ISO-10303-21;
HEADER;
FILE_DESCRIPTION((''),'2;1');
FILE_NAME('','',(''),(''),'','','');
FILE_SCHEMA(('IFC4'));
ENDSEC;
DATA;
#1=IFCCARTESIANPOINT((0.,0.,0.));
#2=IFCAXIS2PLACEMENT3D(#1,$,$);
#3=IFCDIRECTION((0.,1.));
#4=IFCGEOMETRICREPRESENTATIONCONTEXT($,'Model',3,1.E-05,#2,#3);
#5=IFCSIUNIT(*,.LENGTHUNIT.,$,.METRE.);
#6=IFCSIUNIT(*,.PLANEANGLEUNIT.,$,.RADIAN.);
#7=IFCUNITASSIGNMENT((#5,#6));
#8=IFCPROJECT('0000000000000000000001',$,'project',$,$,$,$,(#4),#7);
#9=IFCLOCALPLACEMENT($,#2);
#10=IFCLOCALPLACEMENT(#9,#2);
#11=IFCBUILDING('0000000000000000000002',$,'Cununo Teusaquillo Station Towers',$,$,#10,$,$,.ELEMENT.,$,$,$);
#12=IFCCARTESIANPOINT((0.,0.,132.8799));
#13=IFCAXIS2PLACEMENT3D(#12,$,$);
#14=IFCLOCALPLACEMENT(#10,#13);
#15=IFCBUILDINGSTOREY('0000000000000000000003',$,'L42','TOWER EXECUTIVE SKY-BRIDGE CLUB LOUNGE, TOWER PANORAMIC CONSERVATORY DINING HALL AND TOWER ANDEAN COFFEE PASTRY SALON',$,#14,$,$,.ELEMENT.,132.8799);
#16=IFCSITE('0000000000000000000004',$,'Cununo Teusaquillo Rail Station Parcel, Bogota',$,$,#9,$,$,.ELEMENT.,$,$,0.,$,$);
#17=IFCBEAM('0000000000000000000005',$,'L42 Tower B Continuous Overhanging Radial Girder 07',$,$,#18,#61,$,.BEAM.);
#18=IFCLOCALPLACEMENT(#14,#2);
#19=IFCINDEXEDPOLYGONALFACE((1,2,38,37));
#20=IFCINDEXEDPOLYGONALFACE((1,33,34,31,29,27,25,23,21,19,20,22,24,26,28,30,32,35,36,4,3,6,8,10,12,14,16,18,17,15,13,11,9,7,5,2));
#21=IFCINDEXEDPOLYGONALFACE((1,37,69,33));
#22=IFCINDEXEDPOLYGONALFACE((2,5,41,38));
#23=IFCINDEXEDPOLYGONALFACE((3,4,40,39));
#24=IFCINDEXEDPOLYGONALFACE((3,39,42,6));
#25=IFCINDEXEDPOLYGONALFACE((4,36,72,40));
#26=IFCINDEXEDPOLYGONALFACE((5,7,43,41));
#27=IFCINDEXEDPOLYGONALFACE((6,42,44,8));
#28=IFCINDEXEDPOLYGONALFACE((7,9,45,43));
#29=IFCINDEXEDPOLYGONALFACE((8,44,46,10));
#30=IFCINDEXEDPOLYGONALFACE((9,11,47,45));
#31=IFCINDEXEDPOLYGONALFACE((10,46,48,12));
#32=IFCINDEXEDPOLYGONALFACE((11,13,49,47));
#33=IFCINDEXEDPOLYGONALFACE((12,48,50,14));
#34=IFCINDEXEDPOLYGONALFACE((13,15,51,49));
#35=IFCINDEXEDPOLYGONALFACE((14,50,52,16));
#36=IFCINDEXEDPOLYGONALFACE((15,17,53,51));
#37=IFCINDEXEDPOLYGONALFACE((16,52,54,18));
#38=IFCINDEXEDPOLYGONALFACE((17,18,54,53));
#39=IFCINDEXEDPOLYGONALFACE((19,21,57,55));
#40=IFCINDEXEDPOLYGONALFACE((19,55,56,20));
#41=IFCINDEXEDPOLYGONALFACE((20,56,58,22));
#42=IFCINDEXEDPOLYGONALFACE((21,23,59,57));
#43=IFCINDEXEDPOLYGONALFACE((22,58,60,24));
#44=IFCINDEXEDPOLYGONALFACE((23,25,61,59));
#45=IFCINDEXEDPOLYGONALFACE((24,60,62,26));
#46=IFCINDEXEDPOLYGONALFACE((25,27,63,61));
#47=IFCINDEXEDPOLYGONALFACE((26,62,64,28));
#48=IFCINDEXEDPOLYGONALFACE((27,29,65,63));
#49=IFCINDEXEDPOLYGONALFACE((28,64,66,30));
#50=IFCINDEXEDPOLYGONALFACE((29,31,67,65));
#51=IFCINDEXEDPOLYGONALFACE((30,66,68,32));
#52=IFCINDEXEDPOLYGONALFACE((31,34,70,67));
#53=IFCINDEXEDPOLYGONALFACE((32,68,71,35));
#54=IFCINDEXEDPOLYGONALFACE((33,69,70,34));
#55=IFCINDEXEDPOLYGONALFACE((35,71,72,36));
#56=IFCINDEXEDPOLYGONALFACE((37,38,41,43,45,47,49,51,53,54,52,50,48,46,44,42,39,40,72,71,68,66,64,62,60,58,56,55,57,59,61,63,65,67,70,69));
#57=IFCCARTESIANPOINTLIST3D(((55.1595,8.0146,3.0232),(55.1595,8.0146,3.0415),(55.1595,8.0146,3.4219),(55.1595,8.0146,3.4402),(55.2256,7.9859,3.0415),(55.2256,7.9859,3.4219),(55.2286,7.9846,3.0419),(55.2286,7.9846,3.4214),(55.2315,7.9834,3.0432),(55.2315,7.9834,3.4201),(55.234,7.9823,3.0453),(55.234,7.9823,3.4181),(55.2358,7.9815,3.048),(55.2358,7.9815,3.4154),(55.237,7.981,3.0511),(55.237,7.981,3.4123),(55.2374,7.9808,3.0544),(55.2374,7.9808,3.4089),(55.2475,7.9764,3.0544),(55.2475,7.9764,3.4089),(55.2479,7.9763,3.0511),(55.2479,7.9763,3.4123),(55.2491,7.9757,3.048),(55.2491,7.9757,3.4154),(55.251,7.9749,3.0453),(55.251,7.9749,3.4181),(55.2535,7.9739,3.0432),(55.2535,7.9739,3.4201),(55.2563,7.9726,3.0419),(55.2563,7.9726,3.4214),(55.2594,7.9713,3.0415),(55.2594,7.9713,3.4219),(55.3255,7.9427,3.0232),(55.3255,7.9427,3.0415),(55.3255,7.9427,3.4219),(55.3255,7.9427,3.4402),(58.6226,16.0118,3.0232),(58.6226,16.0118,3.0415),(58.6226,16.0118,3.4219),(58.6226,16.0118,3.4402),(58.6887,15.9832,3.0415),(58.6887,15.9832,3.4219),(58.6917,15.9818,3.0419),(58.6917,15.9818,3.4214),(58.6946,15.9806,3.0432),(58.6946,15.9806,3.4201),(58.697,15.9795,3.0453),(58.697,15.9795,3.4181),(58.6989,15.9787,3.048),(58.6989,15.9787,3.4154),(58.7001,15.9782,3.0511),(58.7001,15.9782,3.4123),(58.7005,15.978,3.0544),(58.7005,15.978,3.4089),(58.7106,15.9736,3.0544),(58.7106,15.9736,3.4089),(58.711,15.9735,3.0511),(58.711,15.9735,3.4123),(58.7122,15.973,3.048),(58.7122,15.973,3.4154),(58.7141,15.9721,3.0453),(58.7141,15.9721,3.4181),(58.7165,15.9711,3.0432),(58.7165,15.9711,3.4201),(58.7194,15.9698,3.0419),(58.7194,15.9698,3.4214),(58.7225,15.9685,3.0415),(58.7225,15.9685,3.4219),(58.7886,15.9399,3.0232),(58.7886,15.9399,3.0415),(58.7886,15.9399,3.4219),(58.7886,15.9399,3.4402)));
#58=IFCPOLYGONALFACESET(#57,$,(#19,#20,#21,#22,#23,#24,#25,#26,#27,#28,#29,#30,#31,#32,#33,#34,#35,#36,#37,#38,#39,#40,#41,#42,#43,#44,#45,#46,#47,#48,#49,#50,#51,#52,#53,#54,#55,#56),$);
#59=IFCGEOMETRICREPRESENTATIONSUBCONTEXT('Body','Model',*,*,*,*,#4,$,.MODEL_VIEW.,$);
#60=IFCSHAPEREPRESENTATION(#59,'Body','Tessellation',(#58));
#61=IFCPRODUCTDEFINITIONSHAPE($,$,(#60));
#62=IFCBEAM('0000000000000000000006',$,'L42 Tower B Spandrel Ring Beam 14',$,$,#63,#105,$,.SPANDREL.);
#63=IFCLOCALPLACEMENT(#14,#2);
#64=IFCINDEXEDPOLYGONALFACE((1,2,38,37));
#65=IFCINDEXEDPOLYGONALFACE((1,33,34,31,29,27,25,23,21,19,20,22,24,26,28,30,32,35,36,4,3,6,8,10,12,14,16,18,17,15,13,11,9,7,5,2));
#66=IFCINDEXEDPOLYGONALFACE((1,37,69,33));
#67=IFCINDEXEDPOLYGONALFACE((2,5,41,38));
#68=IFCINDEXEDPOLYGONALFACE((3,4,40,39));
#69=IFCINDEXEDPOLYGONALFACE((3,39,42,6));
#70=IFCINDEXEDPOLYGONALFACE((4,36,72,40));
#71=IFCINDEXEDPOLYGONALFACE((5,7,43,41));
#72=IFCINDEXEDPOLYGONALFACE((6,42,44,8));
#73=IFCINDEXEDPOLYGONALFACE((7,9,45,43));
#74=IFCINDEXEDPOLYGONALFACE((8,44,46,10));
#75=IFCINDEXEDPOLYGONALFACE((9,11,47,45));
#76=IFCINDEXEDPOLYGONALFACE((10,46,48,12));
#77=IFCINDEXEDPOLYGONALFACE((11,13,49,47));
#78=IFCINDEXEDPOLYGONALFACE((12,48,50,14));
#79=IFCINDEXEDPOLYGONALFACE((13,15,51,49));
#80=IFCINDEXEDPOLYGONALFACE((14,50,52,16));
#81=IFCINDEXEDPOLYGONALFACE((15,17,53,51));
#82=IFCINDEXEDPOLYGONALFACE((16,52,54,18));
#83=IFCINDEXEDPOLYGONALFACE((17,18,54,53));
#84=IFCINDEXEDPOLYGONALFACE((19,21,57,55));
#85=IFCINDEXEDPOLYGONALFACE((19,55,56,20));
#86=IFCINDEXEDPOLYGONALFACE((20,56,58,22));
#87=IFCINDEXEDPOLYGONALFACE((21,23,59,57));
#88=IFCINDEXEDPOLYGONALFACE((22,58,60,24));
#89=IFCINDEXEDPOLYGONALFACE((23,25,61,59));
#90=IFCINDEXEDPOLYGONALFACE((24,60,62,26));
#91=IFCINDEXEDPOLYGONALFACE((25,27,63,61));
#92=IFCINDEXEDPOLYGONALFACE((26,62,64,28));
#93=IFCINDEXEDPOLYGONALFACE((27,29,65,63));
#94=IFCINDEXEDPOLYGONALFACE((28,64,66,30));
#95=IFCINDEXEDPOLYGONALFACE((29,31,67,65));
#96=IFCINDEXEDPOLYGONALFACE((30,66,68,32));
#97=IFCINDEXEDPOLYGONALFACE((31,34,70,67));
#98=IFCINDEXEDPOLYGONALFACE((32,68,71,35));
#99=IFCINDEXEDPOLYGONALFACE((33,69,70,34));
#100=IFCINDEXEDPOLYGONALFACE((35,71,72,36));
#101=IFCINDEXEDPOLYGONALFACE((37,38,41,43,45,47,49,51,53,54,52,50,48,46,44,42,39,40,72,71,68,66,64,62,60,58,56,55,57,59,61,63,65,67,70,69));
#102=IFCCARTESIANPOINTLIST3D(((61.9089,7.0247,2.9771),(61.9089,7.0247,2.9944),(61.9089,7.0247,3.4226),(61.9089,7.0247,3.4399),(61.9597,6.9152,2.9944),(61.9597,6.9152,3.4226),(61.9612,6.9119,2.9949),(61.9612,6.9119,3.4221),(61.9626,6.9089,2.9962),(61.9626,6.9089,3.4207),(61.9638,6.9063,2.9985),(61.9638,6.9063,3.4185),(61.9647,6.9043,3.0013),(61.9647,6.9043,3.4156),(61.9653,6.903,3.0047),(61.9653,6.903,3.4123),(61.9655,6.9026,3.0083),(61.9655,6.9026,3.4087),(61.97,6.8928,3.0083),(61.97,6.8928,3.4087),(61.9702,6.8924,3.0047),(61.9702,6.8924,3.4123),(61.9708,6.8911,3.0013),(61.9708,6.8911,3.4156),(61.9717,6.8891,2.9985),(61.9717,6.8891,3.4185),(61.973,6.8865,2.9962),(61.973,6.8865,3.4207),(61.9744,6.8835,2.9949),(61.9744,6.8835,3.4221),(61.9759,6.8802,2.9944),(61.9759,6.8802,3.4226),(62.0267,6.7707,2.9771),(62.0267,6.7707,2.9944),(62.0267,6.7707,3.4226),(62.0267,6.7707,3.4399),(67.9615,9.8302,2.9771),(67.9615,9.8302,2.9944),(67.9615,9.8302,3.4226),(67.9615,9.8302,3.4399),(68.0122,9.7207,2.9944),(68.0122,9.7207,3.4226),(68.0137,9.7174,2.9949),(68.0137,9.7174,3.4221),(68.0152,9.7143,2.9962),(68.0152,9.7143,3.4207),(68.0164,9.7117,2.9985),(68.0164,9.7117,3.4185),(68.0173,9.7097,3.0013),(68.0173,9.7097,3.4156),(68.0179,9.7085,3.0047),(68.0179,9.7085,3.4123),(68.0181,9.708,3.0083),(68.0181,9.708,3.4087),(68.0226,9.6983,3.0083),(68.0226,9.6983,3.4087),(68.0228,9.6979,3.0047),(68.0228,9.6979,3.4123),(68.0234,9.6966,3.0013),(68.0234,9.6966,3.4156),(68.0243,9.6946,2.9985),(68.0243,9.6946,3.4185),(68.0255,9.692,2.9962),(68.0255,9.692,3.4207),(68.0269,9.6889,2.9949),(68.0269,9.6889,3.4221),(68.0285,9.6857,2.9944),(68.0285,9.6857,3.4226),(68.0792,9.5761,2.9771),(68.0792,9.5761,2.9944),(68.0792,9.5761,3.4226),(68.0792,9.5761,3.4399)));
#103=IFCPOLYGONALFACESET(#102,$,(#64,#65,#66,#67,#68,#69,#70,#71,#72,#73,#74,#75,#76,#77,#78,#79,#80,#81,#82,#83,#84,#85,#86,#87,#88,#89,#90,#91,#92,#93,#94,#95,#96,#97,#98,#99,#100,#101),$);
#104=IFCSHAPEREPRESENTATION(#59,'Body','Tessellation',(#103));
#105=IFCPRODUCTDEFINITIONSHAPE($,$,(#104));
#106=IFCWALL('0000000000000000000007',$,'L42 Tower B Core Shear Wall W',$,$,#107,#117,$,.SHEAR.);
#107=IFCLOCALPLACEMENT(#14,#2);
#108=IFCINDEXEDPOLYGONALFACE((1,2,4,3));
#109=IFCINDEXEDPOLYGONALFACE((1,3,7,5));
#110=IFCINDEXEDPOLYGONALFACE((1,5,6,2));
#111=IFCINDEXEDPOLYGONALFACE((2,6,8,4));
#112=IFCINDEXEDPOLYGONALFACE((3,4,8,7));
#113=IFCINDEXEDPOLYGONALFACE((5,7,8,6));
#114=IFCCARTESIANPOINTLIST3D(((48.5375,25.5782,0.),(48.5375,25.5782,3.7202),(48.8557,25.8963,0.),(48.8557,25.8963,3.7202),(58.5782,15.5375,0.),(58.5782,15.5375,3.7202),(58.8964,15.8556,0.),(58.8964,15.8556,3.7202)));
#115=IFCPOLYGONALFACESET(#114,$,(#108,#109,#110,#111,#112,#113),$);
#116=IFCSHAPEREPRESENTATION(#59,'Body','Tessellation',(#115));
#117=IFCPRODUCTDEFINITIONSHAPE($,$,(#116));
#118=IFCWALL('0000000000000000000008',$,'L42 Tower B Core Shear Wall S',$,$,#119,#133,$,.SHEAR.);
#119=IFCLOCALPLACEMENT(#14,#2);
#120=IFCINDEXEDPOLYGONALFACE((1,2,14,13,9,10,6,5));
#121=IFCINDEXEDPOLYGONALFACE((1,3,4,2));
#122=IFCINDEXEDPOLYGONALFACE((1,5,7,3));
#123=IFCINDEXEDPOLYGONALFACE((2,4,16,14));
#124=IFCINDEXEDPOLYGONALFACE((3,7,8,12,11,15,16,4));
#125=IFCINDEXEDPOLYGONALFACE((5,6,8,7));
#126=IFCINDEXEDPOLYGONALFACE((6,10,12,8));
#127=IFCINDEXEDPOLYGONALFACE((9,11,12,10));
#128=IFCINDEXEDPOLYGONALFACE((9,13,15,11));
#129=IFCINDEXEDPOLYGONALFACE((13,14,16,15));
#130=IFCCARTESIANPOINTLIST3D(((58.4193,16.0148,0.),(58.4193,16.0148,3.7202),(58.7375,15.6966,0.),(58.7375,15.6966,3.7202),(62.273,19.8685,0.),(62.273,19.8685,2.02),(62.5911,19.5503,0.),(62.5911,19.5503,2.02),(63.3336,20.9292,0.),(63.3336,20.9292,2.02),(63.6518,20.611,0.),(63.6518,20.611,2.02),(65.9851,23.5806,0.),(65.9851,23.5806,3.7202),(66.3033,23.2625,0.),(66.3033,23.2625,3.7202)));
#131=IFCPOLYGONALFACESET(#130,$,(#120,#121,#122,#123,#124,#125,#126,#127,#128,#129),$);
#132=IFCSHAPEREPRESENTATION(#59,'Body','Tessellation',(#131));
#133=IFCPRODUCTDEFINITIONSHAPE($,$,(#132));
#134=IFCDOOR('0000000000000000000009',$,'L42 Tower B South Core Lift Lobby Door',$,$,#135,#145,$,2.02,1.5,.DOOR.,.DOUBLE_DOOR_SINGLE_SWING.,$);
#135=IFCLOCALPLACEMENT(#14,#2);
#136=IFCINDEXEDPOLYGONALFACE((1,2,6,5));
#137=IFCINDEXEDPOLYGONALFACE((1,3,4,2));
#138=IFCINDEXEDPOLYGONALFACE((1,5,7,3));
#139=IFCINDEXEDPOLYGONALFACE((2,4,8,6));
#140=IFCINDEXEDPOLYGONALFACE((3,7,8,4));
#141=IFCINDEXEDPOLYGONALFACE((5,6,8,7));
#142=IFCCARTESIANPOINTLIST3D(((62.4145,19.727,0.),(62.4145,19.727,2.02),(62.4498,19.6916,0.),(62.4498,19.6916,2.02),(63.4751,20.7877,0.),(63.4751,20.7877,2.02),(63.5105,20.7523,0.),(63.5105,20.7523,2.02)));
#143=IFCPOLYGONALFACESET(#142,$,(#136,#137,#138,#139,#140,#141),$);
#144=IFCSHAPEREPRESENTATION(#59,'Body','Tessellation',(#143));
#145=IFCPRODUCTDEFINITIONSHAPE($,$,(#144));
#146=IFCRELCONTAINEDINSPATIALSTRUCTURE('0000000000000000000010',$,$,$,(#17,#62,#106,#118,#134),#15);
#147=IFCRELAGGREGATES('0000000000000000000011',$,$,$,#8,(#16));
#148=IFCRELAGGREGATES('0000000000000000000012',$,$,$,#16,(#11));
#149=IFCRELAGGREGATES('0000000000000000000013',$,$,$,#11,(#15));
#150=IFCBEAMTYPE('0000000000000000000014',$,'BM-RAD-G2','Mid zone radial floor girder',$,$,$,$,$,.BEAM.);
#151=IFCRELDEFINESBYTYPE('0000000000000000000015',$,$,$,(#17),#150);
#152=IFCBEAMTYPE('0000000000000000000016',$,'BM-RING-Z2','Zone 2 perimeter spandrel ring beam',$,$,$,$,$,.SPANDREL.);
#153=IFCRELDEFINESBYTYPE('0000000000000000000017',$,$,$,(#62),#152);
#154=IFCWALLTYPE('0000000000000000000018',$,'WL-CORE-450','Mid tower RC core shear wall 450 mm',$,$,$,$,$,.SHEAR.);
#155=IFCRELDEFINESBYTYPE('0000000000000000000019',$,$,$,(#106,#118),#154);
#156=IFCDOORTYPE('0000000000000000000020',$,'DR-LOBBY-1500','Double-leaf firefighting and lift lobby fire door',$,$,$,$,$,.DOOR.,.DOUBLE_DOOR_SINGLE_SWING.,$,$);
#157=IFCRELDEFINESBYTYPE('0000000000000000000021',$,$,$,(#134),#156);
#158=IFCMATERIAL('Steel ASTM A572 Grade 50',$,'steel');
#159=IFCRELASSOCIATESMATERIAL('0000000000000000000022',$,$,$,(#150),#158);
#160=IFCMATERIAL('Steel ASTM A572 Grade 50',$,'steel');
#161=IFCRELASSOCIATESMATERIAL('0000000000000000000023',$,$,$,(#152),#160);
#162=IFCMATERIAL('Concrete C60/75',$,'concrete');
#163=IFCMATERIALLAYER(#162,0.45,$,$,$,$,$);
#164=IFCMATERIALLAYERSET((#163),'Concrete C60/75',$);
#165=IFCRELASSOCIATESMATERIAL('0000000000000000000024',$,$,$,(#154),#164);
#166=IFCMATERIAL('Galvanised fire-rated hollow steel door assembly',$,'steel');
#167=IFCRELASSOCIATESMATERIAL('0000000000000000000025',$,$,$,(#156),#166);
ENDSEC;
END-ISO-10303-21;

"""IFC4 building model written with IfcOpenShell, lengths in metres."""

from ifc_helpers import new_model, si_unit, direction, frame, frame_2d, origin, origin_2d, place, context, subcontext, project, spatial, rectangle, i_section, extrude, source, transform, mapped, material, layer, layer_set, material_profile, profile_set, type_object, element, fill, save


model = new_model("IFC4")

# Units and contexts
model_context = context("Model", 3, precision=1e-05, world=origin(), true_north=direction((0.0, 1.0)))
body_context = subcontext(model_context, "Body", "Model", "MODEL_VIEW")
ifc_project = project(units=[si_unit("LENGTHUNIT", "METRE"), si_unit("PLANEANGLEUNIT", "RADIAN")], contexts=[model_context])

# Site, building, storey
site_placement = place(None, origin())
site = spatial("IfcSite", under=ifc_project, at=site_placement, Name="Cununo Teusaquillo Rail Station Parcel, Bogota", CompositionType="ELEMENT", RefElevation=0.0)
building_placement = place(site_placement, origin())
building = spatial("IfcBuilding", under=site, at=building_placement, Name="Cununo Teusaquillo Station Towers", CompositionType="ELEMENT")
storey_placement = place(building_placement, frame((0.0, 0.0, 132.8799)))
storey = spatial("IfcBuildingStorey", under=building, at=storey_placement, Name="L42", Description="TOWER EXECUTIVE SKY-BRIDGE CLUB LOUNGE, TOWER PANORAMIC CONSERVATORY DINING HALL AND TOWER ANDEAN COFFEE PASTRY SALON", CompositionType="ELEMENT", Elevation=132.8799)

# Beams
ifc_material_1 = material(Name="Steel ASTM A572 Grade 50", Category="steel")
ifc_material_profile_1 = material_profile(ifc_material_1, i_section(OverallWidth=0.1809, OverallDepth=0.417, WebThickness=0.011, FlangeThickness=0.0183, FilletRadius=0.0129, at=origin_2d()), Name="W16X57")
ifc_profile_set_1 = profile_set([ifc_material_profile_1], Name="Steel ASTM A572 Grade 50")
beam_type_1 = type_object("IfcBeamType", Name="BM-RAD-G2", Description="Mid zone radial floor girder", PredefinedType="BEAM", material=ifc_profile_set_1)
beam_1_placement = place(storey_placement, frame((58.7056, 15.9758, 3.2317), z_axis=(-0.397379, -0.917655, 0.0), x_axis=(0.917655, -0.397379, 0.0)))
element("IfcBeam", 1, at=beam_1_placement, inside=storey, type_object=beam_type_1, Name="L42 Tower B Continuous Overhanging Radial Girder 07", PredefinedType="BEAM", context=body_context, shape_type="SweptSolid", body=[
    extrude(i_section(OverallWidth=0.1809, OverallDepth=0.417, WebThickness=0.011, FlangeThickness=0.0183, FilletRadius=0.0129, at=origin_2d()), origin(), (0.0, 0.0, 1.0), 8.7148),
])
ifc_material_2 = material(Name="Steel ASTM A572 Grade 50", Category="steel")
ifc_material_profile_2 = material_profile(ifc_material_2, i_section(OverallWidth=0.28, OverallDepth=0.4629, WebThickness=0.0107, FlangeThickness=0.0173, FilletRadius=0.0139, at=origin_2d()), Name="W18X76")
ifc_profile_set_2 = profile_set([ifc_material_profile_2], Name="Steel ASTM A572 Grade 50")
beam_type_2 = type_object("IfcBeamType", Name="BM-RING-Z2", Description="Zone 2 perimeter spandrel ring beam", PredefinedType="SPANDREL", material=ifc_profile_set_2)
beam_2_placement = place(storey_placement, frame((61.9678, 6.8977, 3.2085), z_axis=(0.907276, 0.420536, 0.0), x_axis=(-0.420536, 0.907276, 0.0)))
element("IfcBeam", 2, at=beam_2_placement, inside=storey, type_object=beam_type_2, Name="L42 Tower B Spandrel Ring Beam 14", PredefinedType="SPANDREL", context=body_context, shape_type="SweptSolid", body=[
    extrude(i_section(OverallWidth=0.28, OverallDepth=0.4629, WebThickness=0.0107, FlangeThickness=0.0173, FilletRadius=0.0139, at=origin_2d()), origin(), (0.0, 0.0, 1.0), 6.6711),
])

# Wall
ifc_material_3 = material(Name="Concrete C60/75", Category="concrete")
ifc_layer_1 = layer(ifc_material_3, 0.45)
ifc_layer_set_1 = layer_set([ifc_layer_1], Name="Concrete C60/75")
wall_type_1 = type_object("IfcWallType", Name="WL-CORE-450", Description="Mid tower RC core shear wall 450 mm", PredefinedType="SHEAR", material=ifc_layer_set_1)
wall_1_placement = place(storey_placement, frame((58.7373, 15.6965, 0.0), z_axis=(0.0, 0.0, 1.0), x_axis=(-0.707107, 0.707107, 0.0)))
element("IfcWall", 3, at=wall_1_placement, inside=storey, type_object=wall_type_1, Name="L42 Tower B Core Shear Wall W", PredefinedType="SHEAR", context=body_context, shape_type="SweptSolid", body=[
    extrude(rectangle(XDim=14.1997, YDim=0.45, at=frame_2d((7.0999, 0.0))), origin(), (0.0, 0.0, 1.0), 3.7202),
])

# Wall, opening, door
wall_2_placement = place(storey_placement, frame((58.5784, 15.8557, 0.0), z_axis=(0.0, 0.0, 1.0), x_axis=(0.707107, 0.707107, 0.0)))
wall_2 = element("IfcWall", 4, at=wall_2_placement, inside=storey, type_object=wall_type_1, Name="L42 Tower B Core Shear Wall S", PredefinedType="SHEAR", context=body_context, shape_type="SweptSolid", body=[
    extrude(rectangle(XDim=10.6997, YDim=0.45, at=frame_2d((5.3499, 0.0))), origin(), (0.0, 0.0, 1.0), 3.7202),
])
shared_shape_1 = source(origin(), body_context, "Body", "SweptSolid", [
    extrude(rectangle(XDim=1.5, YDim=2.02, at=frame_2d((0.75, 1.01))), frame((0.0, 0.2349, 0.0), z_axis=(0.0, -1.0, 0.0), x_axis=(1.0, 0.0, 0.0)), (0.0, 0.0, 1.0), 0.47),
])
opening_1_placement = place(wall_2_placement, frame((5.45, 0.0, 0.0)))
opening_1 = element("IfcOpeningElement", 5, at=opening_1_placement, cuts=wall_2, PredefinedType="OPENING", context=body_context, shape_type="MappedRepresentation", body=[
    mapped(shared_shape_1, transform((0.0, 0.0, 0.0), x_axis=(1.0, 0.0, 0.0), y_axis=(0.0, 1.0, 0.0), z_axis=(0.0, 0.0, 1.0), scale=1.0)),
])
ifc_material_4 = material(Name="Galvanised fire-rated hollow steel door assembly", Category="steel")
door_type_1 = type_object("IfcDoorType", Name="DR-LOBBY-1500", Description="Double-leaf firefighting and lift lobby fire door", OperationType="DOUBLE_DOOR_SINGLE_SWING", PredefinedType="DOOR", material=ifc_material_4)
shared_shape_2 = source(origin(), body_context, "Body", "SweptSolid", [
    extrude(rectangle(XDim=1.5, YDim=2.02, at=frame_2d((0.75, 1.01))), frame((0.0, 0.0249, 0.0), z_axis=(0.0, -1.0, 0.0), x_axis=(1.0, 0.0, 0.0)), (0.0, 0.0, 1.0), 0.05),
])
door_1_placement = place(opening_1_placement, origin())
door_1 = element("IfcDoor", 6, at=door_1_placement, inside=storey, type_object=door_type_1, Name="L42 Tower B South Core Lift Lobby Door", OperationType="DOUBLE_DOOR_SINGLE_SWING", OverallHeight=2.02, OverallWidth=1.5, PredefinedType="DOOR", context=body_context, shape_type="MappedRepresentation", body=[
    mapped(shared_shape_2, transform((0.0, 0.0, 0.0), x_axis=(1.0, 0.0, 0.0), y_axis=(0.0, 1.0, 0.0), z_axis=(0.0, 0.0, 1.0), scale=1.0)),
])
fill(opening_1, door_1)

save(model, "model.ifc")
